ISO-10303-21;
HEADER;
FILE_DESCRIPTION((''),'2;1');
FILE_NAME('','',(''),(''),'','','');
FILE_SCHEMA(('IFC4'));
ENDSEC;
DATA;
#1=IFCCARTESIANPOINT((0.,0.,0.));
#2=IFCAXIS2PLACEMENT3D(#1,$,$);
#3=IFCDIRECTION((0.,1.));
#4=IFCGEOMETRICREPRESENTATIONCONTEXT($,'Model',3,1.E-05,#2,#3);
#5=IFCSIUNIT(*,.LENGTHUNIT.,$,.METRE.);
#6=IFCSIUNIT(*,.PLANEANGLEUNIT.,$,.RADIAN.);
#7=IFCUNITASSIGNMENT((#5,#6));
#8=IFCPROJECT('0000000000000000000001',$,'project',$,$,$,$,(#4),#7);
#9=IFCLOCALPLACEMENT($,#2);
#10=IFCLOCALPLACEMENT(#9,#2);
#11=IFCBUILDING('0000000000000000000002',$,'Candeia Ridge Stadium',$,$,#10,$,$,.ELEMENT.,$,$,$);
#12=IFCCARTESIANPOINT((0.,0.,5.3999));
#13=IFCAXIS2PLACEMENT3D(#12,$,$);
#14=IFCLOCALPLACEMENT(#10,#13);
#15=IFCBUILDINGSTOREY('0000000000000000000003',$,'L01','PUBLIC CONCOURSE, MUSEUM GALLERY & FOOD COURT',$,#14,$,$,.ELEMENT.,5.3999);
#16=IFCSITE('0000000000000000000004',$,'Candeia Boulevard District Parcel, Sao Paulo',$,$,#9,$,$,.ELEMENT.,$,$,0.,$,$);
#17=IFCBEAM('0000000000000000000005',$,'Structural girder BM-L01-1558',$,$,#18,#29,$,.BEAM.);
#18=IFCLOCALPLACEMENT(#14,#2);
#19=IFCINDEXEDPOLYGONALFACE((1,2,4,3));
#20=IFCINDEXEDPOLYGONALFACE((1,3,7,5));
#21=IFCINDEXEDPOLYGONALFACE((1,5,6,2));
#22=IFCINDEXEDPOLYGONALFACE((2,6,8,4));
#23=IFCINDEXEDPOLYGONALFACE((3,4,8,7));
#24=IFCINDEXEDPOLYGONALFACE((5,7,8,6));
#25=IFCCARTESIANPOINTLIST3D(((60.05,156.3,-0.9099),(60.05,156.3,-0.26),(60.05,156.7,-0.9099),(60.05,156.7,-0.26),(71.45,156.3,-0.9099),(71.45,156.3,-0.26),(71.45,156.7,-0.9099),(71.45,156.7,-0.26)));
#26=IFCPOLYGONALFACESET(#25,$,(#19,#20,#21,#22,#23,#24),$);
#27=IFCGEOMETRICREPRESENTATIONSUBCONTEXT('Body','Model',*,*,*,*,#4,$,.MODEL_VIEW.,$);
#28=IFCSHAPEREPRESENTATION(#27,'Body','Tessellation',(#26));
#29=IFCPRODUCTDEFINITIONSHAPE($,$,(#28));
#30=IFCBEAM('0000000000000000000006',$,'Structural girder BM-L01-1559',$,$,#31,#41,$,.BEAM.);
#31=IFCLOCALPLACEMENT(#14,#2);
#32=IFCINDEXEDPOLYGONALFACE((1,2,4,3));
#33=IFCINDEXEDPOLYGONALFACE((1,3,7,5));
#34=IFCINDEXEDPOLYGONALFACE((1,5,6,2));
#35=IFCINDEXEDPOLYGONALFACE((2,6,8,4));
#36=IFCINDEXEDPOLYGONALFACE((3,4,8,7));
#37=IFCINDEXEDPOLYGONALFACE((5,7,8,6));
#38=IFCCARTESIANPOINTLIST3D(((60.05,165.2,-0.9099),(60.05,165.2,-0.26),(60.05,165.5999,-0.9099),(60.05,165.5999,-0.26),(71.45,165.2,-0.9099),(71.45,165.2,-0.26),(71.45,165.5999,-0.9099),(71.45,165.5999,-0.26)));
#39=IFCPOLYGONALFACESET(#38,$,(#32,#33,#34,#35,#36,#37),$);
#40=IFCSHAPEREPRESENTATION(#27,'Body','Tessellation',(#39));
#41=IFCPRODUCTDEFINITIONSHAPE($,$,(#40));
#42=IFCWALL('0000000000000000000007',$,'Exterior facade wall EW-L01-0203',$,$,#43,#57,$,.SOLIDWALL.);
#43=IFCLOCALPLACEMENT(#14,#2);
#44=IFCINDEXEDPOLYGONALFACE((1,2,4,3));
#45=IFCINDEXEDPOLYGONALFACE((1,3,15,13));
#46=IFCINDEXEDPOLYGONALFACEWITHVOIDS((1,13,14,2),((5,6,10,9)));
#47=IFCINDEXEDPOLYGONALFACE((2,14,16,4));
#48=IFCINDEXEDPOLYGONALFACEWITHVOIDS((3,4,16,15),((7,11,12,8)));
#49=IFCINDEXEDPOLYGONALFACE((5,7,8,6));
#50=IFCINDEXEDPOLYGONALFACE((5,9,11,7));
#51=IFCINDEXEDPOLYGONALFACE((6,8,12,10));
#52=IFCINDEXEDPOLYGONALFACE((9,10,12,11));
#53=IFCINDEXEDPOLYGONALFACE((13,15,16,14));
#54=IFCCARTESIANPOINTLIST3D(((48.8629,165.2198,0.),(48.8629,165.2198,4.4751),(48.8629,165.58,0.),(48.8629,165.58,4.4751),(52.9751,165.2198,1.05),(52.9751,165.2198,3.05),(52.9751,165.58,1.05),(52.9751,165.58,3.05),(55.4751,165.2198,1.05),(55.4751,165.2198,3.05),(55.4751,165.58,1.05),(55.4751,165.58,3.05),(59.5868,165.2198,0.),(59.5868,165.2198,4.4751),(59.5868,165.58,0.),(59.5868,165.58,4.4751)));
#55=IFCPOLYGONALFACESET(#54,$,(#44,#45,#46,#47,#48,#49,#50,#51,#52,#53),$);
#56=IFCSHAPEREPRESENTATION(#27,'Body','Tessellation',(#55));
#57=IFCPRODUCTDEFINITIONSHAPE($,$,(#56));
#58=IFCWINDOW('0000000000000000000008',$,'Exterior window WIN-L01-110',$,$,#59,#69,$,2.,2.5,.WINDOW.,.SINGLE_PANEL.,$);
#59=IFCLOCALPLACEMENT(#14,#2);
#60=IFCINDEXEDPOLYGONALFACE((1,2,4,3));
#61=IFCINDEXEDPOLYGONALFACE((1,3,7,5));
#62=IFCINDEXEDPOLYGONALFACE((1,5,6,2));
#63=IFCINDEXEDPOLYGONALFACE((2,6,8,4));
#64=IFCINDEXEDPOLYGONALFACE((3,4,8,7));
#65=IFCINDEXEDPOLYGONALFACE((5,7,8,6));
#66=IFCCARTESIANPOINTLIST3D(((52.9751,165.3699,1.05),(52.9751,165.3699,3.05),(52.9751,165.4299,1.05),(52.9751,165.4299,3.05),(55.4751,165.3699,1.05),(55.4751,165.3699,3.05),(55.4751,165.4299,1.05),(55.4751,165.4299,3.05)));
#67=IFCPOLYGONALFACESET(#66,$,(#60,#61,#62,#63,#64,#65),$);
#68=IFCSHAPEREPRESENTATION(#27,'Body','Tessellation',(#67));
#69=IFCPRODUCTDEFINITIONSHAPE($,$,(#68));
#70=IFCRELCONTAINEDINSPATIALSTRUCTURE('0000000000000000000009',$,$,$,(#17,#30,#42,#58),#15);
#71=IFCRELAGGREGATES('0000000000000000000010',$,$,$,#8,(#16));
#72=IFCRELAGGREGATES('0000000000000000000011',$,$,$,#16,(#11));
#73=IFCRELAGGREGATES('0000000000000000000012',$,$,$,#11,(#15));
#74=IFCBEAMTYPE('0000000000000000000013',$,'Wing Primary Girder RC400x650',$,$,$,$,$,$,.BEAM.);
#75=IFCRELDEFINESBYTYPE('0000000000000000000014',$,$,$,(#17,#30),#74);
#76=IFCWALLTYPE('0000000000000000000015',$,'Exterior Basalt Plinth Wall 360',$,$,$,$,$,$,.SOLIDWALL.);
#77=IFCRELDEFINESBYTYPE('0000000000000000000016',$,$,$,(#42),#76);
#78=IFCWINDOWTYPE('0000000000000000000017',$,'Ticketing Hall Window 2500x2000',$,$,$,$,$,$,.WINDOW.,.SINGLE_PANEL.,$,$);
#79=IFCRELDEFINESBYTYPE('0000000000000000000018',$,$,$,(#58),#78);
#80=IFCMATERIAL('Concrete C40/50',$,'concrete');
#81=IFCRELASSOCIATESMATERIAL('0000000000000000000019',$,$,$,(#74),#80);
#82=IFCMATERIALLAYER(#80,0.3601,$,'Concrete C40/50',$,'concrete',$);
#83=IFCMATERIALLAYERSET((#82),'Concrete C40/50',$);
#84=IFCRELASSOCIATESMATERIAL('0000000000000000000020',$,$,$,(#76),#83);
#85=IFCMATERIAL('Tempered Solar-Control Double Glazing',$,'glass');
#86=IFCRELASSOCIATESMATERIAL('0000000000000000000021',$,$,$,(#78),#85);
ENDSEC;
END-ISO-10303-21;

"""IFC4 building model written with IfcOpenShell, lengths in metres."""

from ifc_helpers import new_model, si_unit, direction, frame, frame_2d, origin, origin_2d, place, context, subcontext, project, spatial, rectangle, extrude, material, layer, layer_set, material_profile, profile_set, type_object, element, fill, save


model = new_model("IFC4")

# Units and contexts
model_context = context("Model", 3, precision=1e-05, world=origin(), true_north=direction((0.0, 1.0)))
body_context = subcontext(model_context, "Body", "Model", "MODEL_VIEW")
ifc_project = project(units=[si_unit("LENGTHUNIT", "METRE"), si_unit("PLANEANGLEUNIT", "RADIAN")], contexts=[model_context])

# Site, building, storey
site_placement = place(None, origin())
site = spatial("IfcSite", under=ifc_project, at=site_placement, Name="Candeia Boulevard District Parcel, Sao Paulo", CompositionType="ELEMENT", RefElevation=0.0)
building_placement = place(site_placement, origin())
building = spatial("IfcBuilding", under=site, at=building_placement, Name="Candeia Ridge Stadium", CompositionType="ELEMENT")
storey_placement = place(building_placement, frame((0.0, 0.0, 5.3999)))
storey = spatial("IfcBuildingStorey", under=building, at=storey_placement, Name="L01", Description="PUBLIC CONCOURSE, MUSEUM GALLERY & FOOD COURT", CompositionType="ELEMENT", Elevation=5.3999)

# Shared definitions
ifc_material_1 = material(Name="Concrete C40/50", Category="concrete")

# Beams
ifc_material_profile_1 = material_profile(ifc_material_1, rectangle(XDim=0.3999, YDim=0.6499, at=origin_2d()), Name="RC400x650", Category="concrete")
ifc_profile_set_1 = profile_set([ifc_material_profile_1], Name="Concrete C40/50")
beam_type_1 = type_object("IfcBeamType", Name="Wing Primary Girder RC400x650", PredefinedType="BEAM", material=ifc_profile_set_1)
for number, where, z_axis, x_axis, name in (
    (1, (60.05, 156.5, -0.585), (1.0, 0.0, 0.0), (0.0, 1.0, 0.0), "Structural girder BM-L01-1558"),
    (2, (60.05, 165.3999, -0.585), (1.0, 0.0, 0.0), (0.0, 1.0, 0.0), "Structural girder BM-L01-1559"),
):
    element("IfcBeam", number, at=place(storey_placement, frame(where, z_axis=z_axis, x_axis=x_axis)), inside=storey, type_object=beam_type_1, Name=name, PredefinedType="BEAM", context=body_context, shape_type="SweptSolid", body=[
        extrude(rectangle(XDim=0.3999, YDim=0.6499, at=origin_2d()), origin(), (0.0, 0.0, 1.0), 11.3999),
    ])

# Wall, opening, window
ifc_layer = layer(ifc_material_1, 0.3601, Name="Concrete C40/50", Category="concrete")
ifc_layer_set = layer_set([ifc_layer], Name="Concrete C40/50")
wall_type = type_object("IfcWallType", Name="Exterior Basalt Plinth Wall 360", PredefinedType="SOLIDWALL", material=ifc_layer_set)
wall_placement = place(storey_placement, frame((48.863, 165.3999, 0.0), z_axis=(0.0, 0.0, 1.0), x_axis=(1.0, 0.0, 0.0)))
wall = element("IfcWall", 3, at=wall_placement, inside=storey, type_object=wall_type, Name="Exterior facade wall EW-L01-0203", PredefinedType="SOLIDWALL", context=body_context, shape_type="SweptSolid", body=[
    extrude(rectangle(XDim=10.7239, YDim=0.3601, at=frame_2d((5.3618, 0.0))), origin(), (0.0, 0.0, 1.0), 4.4751),
])
opening_placement = place(wall_placement, frame((4.1121, 0.0, 1.05)))
opening = element("IfcOpeningElement", 4, at=opening_placement, cuts=wall, PredefinedType="OPENING", context=body_context, shape_type="SweptSolid", body=[
    extrude(rectangle(XDim=2.5, YDim=2.0, at=frame_2d((1.25, 1.0))), frame((0.0, 0.1899, 0.0), z_axis=(0.0, -1.0, 0.0), x_axis=(1.0, 0.0, 0.0)), (0.0, 0.0, 1.0), 0.3801),
])
ifc_material_2 = material(Name="Tempered Solar-Control Double Glazing", Category="glass")
window_type = type_object("IfcWindowType", Name="Ticketing Hall Window 2500x2000", PartitioningType="SINGLE_PANEL", PredefinedType="WINDOW", material=ifc_material_2)
window_placement = place(opening_placement, origin())
window = element("IfcWindow", 5, at=window_placement, inside=storey, type_object=window_type, Name="Exterior window WIN-L01-110", OverallHeight=2.0, OverallWidth=2.5, PartitioningType="SINGLE_PANEL", PredefinedType="WINDOW", context=body_context, shape_type="SweptSolid", body=[
    extrude(rectangle(XDim=2.5, YDim=2.0, at=frame_2d((1.25, 1.0))), frame((0.0, 0.03, 0.0), z_axis=(0.0, -1.0, 0.0), x_axis=(1.0, 0.0, 0.0)), (0.0, 0.0, 1.0), 0.0601),
])
fill(opening, window)

save(model, "model.ifc")
